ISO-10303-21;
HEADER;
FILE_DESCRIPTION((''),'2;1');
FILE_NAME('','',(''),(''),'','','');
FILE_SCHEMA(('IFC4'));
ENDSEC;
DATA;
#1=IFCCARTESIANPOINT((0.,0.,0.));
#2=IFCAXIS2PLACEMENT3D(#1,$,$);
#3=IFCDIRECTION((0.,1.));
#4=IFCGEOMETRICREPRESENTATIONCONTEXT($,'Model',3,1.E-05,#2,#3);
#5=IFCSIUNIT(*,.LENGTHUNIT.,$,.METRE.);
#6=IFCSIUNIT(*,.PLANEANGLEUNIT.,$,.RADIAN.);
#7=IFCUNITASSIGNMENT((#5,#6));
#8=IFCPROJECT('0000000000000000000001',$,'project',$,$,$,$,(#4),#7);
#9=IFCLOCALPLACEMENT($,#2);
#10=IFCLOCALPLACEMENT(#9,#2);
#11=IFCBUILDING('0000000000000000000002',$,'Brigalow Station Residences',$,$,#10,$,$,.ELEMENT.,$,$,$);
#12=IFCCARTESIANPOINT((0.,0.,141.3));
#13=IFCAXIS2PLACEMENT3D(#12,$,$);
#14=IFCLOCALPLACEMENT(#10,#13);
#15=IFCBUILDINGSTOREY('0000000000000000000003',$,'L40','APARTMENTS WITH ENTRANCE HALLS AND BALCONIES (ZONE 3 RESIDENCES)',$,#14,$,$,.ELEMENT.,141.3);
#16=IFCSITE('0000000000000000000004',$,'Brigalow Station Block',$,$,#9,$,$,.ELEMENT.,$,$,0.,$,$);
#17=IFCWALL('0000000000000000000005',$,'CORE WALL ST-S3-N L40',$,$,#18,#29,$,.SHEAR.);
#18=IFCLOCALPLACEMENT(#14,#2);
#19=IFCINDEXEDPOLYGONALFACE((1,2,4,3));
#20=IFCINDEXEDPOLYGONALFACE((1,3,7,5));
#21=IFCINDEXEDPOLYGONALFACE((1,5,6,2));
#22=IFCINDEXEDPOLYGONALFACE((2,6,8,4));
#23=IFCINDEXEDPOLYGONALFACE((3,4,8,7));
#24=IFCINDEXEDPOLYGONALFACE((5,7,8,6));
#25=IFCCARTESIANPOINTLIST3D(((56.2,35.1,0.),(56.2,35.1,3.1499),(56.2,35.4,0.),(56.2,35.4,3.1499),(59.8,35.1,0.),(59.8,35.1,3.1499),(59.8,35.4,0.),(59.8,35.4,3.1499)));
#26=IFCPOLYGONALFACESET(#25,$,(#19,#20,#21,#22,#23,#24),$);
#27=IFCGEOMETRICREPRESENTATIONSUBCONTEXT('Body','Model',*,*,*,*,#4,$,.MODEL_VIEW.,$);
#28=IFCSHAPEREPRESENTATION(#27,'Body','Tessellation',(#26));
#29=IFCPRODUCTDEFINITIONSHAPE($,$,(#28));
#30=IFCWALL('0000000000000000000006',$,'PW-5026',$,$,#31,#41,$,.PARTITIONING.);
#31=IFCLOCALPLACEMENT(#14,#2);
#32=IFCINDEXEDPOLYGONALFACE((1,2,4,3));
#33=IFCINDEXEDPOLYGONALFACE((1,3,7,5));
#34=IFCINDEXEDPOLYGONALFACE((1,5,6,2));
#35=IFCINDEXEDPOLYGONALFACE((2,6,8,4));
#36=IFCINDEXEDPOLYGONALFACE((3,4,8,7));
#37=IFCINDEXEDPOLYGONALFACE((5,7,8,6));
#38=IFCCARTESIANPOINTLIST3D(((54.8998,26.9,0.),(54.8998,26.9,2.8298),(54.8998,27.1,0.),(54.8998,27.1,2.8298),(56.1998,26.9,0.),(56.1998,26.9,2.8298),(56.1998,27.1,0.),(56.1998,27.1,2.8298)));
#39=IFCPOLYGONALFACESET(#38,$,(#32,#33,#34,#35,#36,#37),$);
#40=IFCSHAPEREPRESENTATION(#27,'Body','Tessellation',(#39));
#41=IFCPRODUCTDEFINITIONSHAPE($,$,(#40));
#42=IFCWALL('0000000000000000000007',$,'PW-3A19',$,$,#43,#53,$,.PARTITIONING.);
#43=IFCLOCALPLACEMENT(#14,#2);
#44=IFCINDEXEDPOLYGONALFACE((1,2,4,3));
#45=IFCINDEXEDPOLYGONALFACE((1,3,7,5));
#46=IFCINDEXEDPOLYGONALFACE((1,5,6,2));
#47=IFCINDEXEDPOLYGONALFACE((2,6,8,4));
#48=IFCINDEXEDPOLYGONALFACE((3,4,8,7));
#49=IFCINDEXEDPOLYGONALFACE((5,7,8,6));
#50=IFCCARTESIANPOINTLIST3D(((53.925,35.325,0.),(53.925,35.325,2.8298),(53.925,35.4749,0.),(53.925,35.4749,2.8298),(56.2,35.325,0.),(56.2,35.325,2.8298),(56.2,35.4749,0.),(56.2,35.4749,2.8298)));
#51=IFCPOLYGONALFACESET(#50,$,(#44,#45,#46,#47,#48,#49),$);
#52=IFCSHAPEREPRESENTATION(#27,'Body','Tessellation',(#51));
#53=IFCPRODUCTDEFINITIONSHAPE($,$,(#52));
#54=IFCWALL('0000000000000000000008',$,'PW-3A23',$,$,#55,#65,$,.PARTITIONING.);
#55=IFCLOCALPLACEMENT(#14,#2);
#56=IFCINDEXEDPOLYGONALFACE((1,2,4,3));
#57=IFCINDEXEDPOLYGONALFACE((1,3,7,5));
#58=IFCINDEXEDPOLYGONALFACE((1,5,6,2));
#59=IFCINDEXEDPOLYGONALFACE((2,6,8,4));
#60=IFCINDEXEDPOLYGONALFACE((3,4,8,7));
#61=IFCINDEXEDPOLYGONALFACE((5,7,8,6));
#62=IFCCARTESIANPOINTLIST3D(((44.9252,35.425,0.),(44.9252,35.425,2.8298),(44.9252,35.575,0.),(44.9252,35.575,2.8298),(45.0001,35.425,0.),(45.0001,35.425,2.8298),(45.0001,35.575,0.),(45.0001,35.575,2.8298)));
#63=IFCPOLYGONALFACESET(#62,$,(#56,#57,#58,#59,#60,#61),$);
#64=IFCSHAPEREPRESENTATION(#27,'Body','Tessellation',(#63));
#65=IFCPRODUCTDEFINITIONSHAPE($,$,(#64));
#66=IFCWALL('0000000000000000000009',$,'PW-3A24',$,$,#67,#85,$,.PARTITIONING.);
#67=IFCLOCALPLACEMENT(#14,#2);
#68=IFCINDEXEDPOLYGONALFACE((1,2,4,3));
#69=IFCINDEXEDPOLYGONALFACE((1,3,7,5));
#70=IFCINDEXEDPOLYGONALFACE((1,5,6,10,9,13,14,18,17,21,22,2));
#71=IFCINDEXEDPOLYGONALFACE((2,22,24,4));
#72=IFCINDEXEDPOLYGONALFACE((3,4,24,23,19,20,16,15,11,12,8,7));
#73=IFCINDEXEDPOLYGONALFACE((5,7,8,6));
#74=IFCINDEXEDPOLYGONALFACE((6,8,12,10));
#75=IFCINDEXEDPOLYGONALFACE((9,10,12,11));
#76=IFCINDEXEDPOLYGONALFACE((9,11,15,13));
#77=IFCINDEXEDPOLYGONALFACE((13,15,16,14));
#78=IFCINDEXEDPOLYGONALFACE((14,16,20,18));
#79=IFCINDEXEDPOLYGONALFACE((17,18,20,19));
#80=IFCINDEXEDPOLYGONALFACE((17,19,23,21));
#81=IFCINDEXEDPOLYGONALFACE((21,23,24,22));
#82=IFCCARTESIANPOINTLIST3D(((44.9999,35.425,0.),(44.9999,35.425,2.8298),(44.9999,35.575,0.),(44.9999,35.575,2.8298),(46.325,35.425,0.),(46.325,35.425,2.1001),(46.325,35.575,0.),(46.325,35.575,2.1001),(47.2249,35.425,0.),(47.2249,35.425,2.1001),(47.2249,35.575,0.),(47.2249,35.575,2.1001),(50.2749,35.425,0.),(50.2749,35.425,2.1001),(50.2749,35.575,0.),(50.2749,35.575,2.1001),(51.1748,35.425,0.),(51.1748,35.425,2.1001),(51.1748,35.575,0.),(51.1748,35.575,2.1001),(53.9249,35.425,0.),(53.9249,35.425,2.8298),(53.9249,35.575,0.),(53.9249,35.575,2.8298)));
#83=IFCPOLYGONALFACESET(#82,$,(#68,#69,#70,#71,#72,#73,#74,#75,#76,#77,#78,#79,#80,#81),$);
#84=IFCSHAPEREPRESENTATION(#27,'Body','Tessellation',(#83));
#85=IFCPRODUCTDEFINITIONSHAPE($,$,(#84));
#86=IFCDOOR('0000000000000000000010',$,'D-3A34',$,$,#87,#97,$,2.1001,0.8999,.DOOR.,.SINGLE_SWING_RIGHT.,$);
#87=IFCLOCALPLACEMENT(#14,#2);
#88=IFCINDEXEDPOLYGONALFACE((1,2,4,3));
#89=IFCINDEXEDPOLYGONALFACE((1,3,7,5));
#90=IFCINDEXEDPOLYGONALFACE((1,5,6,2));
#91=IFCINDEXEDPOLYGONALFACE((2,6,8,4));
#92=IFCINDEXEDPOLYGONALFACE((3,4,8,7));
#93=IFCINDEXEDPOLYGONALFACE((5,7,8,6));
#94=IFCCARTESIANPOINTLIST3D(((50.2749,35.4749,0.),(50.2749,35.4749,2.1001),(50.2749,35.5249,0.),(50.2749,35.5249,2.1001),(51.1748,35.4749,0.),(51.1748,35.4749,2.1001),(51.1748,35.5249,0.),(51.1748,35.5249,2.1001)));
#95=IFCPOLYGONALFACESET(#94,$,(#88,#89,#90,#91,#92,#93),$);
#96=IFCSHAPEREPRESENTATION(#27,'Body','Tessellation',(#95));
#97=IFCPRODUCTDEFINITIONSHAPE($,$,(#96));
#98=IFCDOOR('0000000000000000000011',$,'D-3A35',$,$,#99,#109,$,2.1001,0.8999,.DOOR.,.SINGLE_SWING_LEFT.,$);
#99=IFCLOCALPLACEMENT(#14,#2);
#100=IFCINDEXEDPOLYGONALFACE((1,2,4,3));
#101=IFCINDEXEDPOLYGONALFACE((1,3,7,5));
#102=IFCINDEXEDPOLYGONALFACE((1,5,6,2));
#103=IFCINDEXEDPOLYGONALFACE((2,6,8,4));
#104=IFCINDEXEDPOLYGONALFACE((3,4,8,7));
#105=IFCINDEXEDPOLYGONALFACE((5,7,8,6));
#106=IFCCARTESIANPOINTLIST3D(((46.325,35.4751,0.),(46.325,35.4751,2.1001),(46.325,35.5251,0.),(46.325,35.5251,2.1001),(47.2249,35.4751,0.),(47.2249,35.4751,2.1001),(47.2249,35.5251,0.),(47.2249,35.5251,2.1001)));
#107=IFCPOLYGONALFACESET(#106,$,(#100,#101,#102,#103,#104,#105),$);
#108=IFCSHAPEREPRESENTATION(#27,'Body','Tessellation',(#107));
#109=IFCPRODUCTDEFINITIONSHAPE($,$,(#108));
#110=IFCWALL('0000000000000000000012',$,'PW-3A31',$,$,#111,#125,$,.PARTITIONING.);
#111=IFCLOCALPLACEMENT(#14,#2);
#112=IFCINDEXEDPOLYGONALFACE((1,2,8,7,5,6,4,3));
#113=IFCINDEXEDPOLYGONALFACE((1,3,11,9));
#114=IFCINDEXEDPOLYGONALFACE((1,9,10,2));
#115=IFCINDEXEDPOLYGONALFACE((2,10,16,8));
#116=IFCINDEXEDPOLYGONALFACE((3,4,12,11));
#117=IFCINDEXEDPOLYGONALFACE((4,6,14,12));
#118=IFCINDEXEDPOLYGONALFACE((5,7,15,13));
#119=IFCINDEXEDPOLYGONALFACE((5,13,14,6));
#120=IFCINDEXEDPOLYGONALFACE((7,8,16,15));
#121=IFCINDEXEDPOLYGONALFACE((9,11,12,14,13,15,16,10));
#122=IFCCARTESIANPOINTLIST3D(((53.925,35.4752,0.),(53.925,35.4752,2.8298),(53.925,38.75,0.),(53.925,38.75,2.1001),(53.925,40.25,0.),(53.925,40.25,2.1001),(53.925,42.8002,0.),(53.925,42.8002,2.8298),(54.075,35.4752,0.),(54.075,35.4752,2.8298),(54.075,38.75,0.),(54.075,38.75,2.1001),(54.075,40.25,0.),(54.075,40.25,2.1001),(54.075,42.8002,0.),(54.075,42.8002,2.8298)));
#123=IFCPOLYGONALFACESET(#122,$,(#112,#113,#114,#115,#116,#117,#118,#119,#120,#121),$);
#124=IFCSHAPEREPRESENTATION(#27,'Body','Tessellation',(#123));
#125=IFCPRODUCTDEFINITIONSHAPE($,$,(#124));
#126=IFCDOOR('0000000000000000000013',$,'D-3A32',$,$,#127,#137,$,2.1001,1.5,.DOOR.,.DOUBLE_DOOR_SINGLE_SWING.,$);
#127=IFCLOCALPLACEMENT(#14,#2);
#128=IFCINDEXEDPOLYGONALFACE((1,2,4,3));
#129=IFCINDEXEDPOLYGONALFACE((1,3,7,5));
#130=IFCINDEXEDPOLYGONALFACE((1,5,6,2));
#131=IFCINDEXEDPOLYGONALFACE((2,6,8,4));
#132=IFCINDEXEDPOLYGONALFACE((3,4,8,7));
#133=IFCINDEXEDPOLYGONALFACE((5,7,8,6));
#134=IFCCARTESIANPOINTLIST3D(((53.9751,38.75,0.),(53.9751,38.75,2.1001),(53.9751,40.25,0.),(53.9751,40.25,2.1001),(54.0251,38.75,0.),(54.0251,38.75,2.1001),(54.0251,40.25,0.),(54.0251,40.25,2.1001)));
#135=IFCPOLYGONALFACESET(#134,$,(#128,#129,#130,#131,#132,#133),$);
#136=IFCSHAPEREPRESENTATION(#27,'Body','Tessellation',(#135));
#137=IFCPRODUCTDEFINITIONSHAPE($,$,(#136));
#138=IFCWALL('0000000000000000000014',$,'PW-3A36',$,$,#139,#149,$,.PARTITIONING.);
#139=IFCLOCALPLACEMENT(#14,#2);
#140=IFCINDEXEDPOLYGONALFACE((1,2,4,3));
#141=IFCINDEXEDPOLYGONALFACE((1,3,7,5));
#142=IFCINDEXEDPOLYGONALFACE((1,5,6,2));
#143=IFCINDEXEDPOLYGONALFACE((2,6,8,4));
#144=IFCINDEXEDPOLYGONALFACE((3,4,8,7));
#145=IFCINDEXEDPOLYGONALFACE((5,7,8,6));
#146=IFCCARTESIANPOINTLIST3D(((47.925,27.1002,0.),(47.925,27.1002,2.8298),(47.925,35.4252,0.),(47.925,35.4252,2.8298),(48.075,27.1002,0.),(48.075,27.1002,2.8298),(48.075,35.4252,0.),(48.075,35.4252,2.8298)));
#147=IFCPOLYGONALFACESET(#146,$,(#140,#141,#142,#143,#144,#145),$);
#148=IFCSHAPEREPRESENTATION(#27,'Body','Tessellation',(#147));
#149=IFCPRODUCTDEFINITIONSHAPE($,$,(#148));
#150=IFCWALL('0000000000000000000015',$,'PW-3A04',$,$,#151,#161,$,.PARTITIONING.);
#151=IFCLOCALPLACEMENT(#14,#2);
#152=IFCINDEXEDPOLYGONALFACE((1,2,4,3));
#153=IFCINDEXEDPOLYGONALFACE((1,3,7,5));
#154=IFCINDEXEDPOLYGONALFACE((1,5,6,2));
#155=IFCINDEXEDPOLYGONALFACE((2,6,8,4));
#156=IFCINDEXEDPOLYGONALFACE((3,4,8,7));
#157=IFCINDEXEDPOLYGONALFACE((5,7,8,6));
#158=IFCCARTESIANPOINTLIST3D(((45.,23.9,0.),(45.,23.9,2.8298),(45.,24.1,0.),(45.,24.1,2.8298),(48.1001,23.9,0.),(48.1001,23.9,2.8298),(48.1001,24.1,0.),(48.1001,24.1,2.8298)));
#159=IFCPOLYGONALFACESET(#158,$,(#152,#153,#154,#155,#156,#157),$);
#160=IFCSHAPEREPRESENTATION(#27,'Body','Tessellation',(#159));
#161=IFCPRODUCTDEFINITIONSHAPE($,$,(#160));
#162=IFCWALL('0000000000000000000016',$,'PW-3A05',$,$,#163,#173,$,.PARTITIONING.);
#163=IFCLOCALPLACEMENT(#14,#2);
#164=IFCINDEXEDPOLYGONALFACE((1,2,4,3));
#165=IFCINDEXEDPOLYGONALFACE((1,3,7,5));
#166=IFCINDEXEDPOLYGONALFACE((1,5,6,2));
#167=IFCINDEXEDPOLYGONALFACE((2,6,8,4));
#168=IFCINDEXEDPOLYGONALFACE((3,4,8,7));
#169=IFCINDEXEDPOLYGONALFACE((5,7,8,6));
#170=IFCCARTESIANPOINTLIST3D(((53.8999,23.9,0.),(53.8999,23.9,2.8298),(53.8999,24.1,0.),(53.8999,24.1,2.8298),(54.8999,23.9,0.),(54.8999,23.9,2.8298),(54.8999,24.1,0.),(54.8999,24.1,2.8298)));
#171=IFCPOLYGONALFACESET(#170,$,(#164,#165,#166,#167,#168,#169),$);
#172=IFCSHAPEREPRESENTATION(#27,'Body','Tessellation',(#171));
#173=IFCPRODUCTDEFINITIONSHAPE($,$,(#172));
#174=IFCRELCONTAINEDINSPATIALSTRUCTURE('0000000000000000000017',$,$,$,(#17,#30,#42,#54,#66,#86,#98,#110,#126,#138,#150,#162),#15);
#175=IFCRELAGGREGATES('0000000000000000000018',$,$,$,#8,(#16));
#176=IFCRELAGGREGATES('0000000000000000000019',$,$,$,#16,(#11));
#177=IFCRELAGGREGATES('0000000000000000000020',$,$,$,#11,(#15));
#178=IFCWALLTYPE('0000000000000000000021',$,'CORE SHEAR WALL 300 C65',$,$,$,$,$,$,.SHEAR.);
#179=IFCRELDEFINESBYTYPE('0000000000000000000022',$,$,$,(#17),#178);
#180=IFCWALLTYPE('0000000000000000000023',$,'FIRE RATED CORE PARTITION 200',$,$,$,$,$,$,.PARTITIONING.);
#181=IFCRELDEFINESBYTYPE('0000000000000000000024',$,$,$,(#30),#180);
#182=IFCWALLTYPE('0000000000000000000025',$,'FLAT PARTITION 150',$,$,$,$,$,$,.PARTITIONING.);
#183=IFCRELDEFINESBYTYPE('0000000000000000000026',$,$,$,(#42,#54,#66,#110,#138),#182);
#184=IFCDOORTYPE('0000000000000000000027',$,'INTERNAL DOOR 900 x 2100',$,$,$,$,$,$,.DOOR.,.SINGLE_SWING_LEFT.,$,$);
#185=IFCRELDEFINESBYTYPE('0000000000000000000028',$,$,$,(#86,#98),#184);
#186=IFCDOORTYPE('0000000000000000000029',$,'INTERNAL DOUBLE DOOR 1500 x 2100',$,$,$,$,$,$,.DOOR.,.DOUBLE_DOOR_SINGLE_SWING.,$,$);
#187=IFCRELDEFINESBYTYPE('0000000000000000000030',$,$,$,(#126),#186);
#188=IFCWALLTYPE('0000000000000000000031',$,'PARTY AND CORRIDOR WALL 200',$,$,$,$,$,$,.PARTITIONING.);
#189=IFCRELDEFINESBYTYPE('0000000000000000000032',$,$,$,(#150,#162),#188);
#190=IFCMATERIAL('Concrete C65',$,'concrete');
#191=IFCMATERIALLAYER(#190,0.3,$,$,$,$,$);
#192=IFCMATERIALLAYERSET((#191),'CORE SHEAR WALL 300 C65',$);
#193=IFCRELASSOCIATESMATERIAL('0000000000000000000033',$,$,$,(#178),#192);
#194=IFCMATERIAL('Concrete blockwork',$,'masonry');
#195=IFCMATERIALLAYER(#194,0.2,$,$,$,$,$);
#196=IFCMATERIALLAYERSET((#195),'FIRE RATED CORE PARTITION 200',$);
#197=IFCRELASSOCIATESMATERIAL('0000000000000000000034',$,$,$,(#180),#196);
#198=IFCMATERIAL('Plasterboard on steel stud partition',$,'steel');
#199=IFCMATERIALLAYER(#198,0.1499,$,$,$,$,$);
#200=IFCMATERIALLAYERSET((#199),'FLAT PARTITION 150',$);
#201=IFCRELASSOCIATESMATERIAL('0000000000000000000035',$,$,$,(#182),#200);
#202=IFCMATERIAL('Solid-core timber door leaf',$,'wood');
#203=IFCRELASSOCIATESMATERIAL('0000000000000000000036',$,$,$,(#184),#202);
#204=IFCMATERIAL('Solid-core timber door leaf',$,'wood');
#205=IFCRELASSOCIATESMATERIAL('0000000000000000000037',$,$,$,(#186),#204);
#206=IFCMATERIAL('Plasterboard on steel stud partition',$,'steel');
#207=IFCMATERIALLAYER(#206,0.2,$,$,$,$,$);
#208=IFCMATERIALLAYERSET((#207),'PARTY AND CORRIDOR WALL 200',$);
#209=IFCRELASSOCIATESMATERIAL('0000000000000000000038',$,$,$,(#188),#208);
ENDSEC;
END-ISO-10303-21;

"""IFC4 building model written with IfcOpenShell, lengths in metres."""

from ifc_helpers import new_model, si_unit, direction, frame, frame_2d, origin, place, context, subcontext, project, spatial, rectangle, extrude, material, layer, layer_set, type_object, element, fill, save


model = new_model("IFC4")

# Units and contexts
model_context = context("Model", 3, precision=1e-05, world=origin(), true_north=direction((0.0, 1.0)))
body_context = subcontext(model_context, "Body", "Model", "MODEL_VIEW")
ifc_project = project(units=[si_unit("LENGTHUNIT", "METRE"), si_unit("PLANEANGLEUNIT", "RADIAN")], contexts=[model_context])

# Site, building, storey
site_placement = place(None, origin())
site = spatial("IfcSite", under=ifc_project, at=site_placement, Name="Brigalow Station Block", CompositionType="ELEMENT", RefElevation=0.0)
building_placement = place(site_placement, origin())
building = spatial("IfcBuilding", under=site, at=building_placement, Name="Brigalow Station Residences", CompositionType="ELEMENT")
storey_placement = place(building_placement, frame((0.0, 0.0, 141.3)))
storey = spatial("IfcBuildingStorey", under=building, at=storey_placement, Name="L40", Description="APARTMENTS WITH ENTRANCE HALLS AND BALCONIES (ZONE 3 RESIDENCES)", CompositionType="ELEMENT", Elevation=141.3)

# Shared definitions
ifc_material_1 = material(Name="Concrete C65", Category="concrete")
ifc_layer_1 = layer(ifc_material_1, 0.3)
ifc_layer_set_1 = layer_set([ifc_layer_1], Name="CORE SHEAR WALL 300 C65")
wall_type_1 = type_object("IfcWallType", Name="CORE SHEAR WALL 300 C65", PredefinedType="SHEAR", material=ifc_layer_set_1)

# Walls
wall_1_placement = place(storey_placement, frame((56.2, 35.25, 0.0), z_axis=(0.0, 0.0, 1.0), x_axis=(1.0, 0.0, 0.0)))
element("IfcWall", 1, at=wall_1_placement, inside=storey, type_object=wall_type_1, Name="CORE WALL ST-S3-N L40", PredefinedType="SHEAR", context=body_context, shape_type="SweptSolid", body=[
    extrude(rectangle(XDim=3.6001, YDim=0.3, at=frame_2d((1.8, 0.0))), origin(), (0.0, 0.0, 1.0), 3.1499),
])
ifc_material_2 = material(Name="Concrete blockwork", Category="masonry")
ifc_layer_2 = layer(ifc_material_2, 0.2)
ifc_layer_set_2 = layer_set([ifc_layer_2], Name="FIRE RATED CORE PARTITION 200")
wall_type_2 = type_object("IfcWallType", Name="FIRE RATED CORE PARTITION 200", PredefinedType="PARTITIONING", material=ifc_layer_set_2)
wall_2_placement = place(storey_placement, frame((54.8999, 27.0, 0.0), z_axis=(0.0, 0.0, 1.0), x_axis=(1.0, 0.0, 0.0)))
element("IfcWall", 2, at=wall_2_placement, inside=storey, type_object=wall_type_2, Name="PW-5026", PredefinedType="PARTITIONING", context=body_context, shape_type="SweptSolid", body=[
    extrude(rectangle(XDim=1.3, YDim=0.2, at=frame_2d((0.6499, 0.0))), origin(), (0.0, 0.0, 1.0), 2.8298),
])
ifc_material_3 = material(Name="Plasterboard on steel stud partition", Category="steel")
ifc_layer_3 = layer(ifc_material_3, 0.1499)
ifc_layer_set_3 = layer_set([ifc_layer_3], Name="FLAT PARTITION 150")
wall_type_3 = type_object("IfcWallType", Name="FLAT PARTITION 150", PredefinedType="PARTITIONING", material=ifc_layer_set_3)
wall_3_placement = place(storey_placement, frame((53.925, 35.3999, 0.0), z_axis=(0.0, 0.0, 1.0), x_axis=(1.0, 0.0, 0.0)))
element("IfcWall", 3, at=wall_3_placement, inside=storey, type_object=wall_type_3, Name="PW-3A19", PredefinedType="PARTITIONING", context=body_context, shape_type="SweptSolid", body=[
    extrude(rectangle(XDim=2.2749, YDim=0.1499, at=frame_2d((1.1375, 0.0))), origin(), (0.0, 0.0, 1.0), 2.8298),
])
wall_4_placement = place(storey_placement, frame((44.925, 35.5, 0.0), z_axis=(0.0, 0.0, 1.0), x_axis=(1.0, 0.0, 0.0)))
element("IfcWall", 4, at=wall_4_placement, inside=storey, type_object=wall_type_3, Name="PW-3A23", PredefinedType="PARTITIONING", context=body_context, shape_type="SweptSolid", body=[
    extrude(rectangle(XDim=0.075, YDim=0.1499, at=frame_2d((0.0376, 0.0))), origin(), (0.0, 0.0, 1.0), 2.8298),
])

# Wall, openings, doors
wall_5_placement = place(storey_placement, frame((45.0, 35.5, 0.0), z_axis=(0.0, 0.0, 1.0), x_axis=(1.0, 0.0, 0.0)))
wall_5 = element("IfcWall", 5, at=wall_5_placement, inside=storey, type_object=wall_type_3, Name="PW-3A24", PredefinedType="PARTITIONING", context=body_context, shape_type="SweptSolid", body=[
    extrude(rectangle(XDim=8.925, YDim=0.1499, at=frame_2d((4.4624, 0.0))), origin(), (0.0, 0.0, 1.0), 2.8298),
])
opening_1_placement = place(wall_5_placement, frame((5.2749, 0.0, 0.0)))
opening_1 = element("IfcOpeningElement", 6, at=opening_1_placement, cuts=wall_5, PredefinedType="OPENING", context=body_context, shape_type="SweptSolid", body=[
    extrude(rectangle(XDim=0.8999, YDim=2.1001, at=frame_2d((0.45, 1.05))), frame((0.0, 0.085, 0.0), z_axis=(0.0, -1.0, 0.0), x_axis=(1.0, 0.0, 0.0)), (0.0, 0.0, 1.0), 0.1699),
])
opening_2_placement = place(wall_5_placement, frame((1.325, 0.0, 0.0)))
opening_2 = element("IfcOpeningElement", 7, at=opening_2_placement, cuts=wall_5, PredefinedType="OPENING", context=body_context, shape_type="SweptSolid", body=[
    extrude(rectangle(XDim=0.8999, YDim=2.1001, at=frame_2d((0.45, 1.05))), frame((0.0, 0.085, 0.0), z_axis=(0.0, -1.0, 0.0), x_axis=(1.0, 0.0, 0.0)), (0.0, 0.0, 1.0), 0.1699),
])
ifc_material_4 = material(Name="Solid-core timber door leaf", Category="wood")
door_type_1 = type_object("IfcDoorType", Name="INTERNAL DOOR 900 x 2100", OperationType="SINGLE_SWING_LEFT", PredefinedType="DOOR", material=ifc_material_4)
door_1_placement = place(opening_1_placement, origin())
door_1 = element("IfcDoor", 8, at=door_1_placement, inside=storey, type_object=door_type_1, Name="D-3A34", OperationType="SINGLE_SWING_RIGHT", OverallHeight=2.1001, OverallWidth=0.8999, PredefinedType="DOOR", context=body_context, shape_type="SweptSolid", body=[
    extrude(rectangle(XDim=0.8999, YDim=2.1001, at=frame_2d((0.45, 1.05))), frame((0.0, 0.0249, 0.0), z_axis=(0.0, -1.0, 0.0), x_axis=(1.0, 0.0, 0.0)), (0.0, 0.0, 1.0), 0.05),
])
fill(opening_1, door_1)
door_2_placement = place(opening_2_placement, frame((0.8999, 0.0, 0.0), z_axis=(0.0, 0.0, 1.0), x_axis=(-1.0, 0.0, 0.0)))
door_2 = element("IfcDoor", 9, at=door_2_placement, inside=storey, type_object=door_type_1, Name="D-3A35", OperationType="SINGLE_SWING_LEFT", OverallHeight=2.1001, OverallWidth=0.8999, PredefinedType="DOOR", context=body_context, shape_type="SweptSolid", body=[
    extrude(rectangle(XDim=0.8999, YDim=2.1001, at=frame_2d((0.45, 1.05))), frame((0.0, 0.0249, 0.0), z_axis=(0.0, -1.0, 0.0), x_axis=(1.0, 0.0, 0.0)), (0.0, 0.0, 1.0), 0.05),
])
fill(opening_2, door_2)

# Wall, opening, door
wall_6_placement = place(storey_placement, frame((54.0, 35.4751, 0.0), z_axis=(0.0, 0.0, 1.0), x_axis=(0.0, 1.0, 0.0)))
wall_6 = element("IfcWall", 10, at=wall_6_placement, inside=storey, type_object=wall_type_3, Name="PW-3A31", PredefinedType="PARTITIONING", context=body_context, shape_type="SweptSolid", body=[
    extrude(rectangle(XDim=7.325, YDim=0.1499, at=frame_2d((3.6626, 0.0))), origin(), (0.0, 0.0, 1.0), 2.8298),
])
opening_3_placement = place(wall_6_placement, frame((3.2749, 0.0, 0.0)))
opening_3 = element("IfcOpeningElement", 11, at=opening_3_placement, cuts=wall_6, PredefinedType="OPENING", context=body_context, shape_type="SweptSolid", body=[
    extrude(rectangle(XDim=1.5, YDim=2.1001, at=frame_2d((0.75, 1.05))), frame((0.0, 0.085, 0.0), z_axis=(0.0, -1.0, 0.0), x_axis=(1.0, 0.0, 0.0)), (0.0, 0.0, 1.0), 0.1699),
])
ifc_material_5 = material(Name="Solid-core timber door leaf", Category="wood")
door_type_2 = type_object("IfcDoorType", Name="INTERNAL DOUBLE DOOR 1500 x 2100", OperationType="DOUBLE_DOOR_SINGLE_SWING", PredefinedType="DOOR", material=ifc_material_5)
door_3_placement = place(opening_3_placement, origin())
door_3 = element("IfcDoor", 12, at=door_3_placement, inside=storey, type_object=door_type_2, Name="D-3A32", OperationType="DOUBLE_DOOR_SINGLE_SWING", OverallHeight=2.1001, OverallWidth=1.5, PredefinedType="DOOR", context=body_context, shape_type="SweptSolid", body=[
    extrude(rectangle(XDim=1.5, YDim=2.1001, at=frame_2d((0.75, 1.05))), frame((0.0, 0.0249, 0.0), z_axis=(0.0, -1.0, 0.0), x_axis=(1.0, 0.0, 0.0)), (0.0, 0.0, 1.0), 0.05),
])
fill(opening_3, door_3)

# Walls
wall_7_placement = place(storey_placement, frame((48.0, 27.1001, 0.0), z_axis=(0.0, 0.0, 1.0), x_axis=(0.0, 1.0, 0.0)))
element("IfcWall", 13, at=wall_7_placement, inside=storey, type_object=wall_type_3, Name="PW-3A36", PredefinedType="PARTITIONING", context=body_context, shape_type="SweptSolid", body=[
    extrude(rectangle(XDim=8.325, YDim=0.1499, at=frame_2d((4.1626, 0.0))), origin(), (0.0, 0.0, 1.0), 2.8298),
])
ifc_material_6 = material(Name="Plasterboard on steel stud partition", Category="steel")
ifc_layer_4 = layer(ifc_material_6, 0.2)
ifc_layer_set_4 = layer_set([ifc_layer_4], Name="PARTY AND CORRIDOR WALL 200")
wall_type_4 = type_object("IfcWallType", Name="PARTY AND CORRIDOR WALL 200", PredefinedType="PARTITIONING", material=ifc_layer_set_4)
wall_8_placement = place(storey_placement, frame((45.0, 24.0, 0.0), z_axis=(0.0, 0.0, 1.0), x_axis=(1.0, 0.0, 0.0)))
element("IfcWall", 14, at=wall_8_placement, inside=storey, type_object=wall_type_4, Name="PW-3A04", PredefinedType="PARTITIONING", context=body_context, shape_type="SweptSolid", body=[
    extrude(rectangle(XDim=3.1001, YDim=0.2, at=frame_2d((1.55, 0.0))), origin(), (0.0, 0.0, 1.0), 2.8298),
])
wall_9_placement = place(storey_placement, frame((53.8999, 24.0, 0.0), z_axis=(0.0, 0.0, 1.0), x_axis=(1.0, 0.0, 0.0)))
element("IfcWall", 15, at=wall_9_placement, inside=storey, type_object=wall_type_4, Name="PW-3A05", PredefinedType="PARTITIONING", context=body_context, shape_type="SweptSolid", body=[
    extrude(rectangle(XDim=1.0, YDim=0.2, at=frame_2d((0.5, 0.0))), origin(), (0.0, 0.0, 1.0), 2.8298),
])

save(model, "model.ifc")
